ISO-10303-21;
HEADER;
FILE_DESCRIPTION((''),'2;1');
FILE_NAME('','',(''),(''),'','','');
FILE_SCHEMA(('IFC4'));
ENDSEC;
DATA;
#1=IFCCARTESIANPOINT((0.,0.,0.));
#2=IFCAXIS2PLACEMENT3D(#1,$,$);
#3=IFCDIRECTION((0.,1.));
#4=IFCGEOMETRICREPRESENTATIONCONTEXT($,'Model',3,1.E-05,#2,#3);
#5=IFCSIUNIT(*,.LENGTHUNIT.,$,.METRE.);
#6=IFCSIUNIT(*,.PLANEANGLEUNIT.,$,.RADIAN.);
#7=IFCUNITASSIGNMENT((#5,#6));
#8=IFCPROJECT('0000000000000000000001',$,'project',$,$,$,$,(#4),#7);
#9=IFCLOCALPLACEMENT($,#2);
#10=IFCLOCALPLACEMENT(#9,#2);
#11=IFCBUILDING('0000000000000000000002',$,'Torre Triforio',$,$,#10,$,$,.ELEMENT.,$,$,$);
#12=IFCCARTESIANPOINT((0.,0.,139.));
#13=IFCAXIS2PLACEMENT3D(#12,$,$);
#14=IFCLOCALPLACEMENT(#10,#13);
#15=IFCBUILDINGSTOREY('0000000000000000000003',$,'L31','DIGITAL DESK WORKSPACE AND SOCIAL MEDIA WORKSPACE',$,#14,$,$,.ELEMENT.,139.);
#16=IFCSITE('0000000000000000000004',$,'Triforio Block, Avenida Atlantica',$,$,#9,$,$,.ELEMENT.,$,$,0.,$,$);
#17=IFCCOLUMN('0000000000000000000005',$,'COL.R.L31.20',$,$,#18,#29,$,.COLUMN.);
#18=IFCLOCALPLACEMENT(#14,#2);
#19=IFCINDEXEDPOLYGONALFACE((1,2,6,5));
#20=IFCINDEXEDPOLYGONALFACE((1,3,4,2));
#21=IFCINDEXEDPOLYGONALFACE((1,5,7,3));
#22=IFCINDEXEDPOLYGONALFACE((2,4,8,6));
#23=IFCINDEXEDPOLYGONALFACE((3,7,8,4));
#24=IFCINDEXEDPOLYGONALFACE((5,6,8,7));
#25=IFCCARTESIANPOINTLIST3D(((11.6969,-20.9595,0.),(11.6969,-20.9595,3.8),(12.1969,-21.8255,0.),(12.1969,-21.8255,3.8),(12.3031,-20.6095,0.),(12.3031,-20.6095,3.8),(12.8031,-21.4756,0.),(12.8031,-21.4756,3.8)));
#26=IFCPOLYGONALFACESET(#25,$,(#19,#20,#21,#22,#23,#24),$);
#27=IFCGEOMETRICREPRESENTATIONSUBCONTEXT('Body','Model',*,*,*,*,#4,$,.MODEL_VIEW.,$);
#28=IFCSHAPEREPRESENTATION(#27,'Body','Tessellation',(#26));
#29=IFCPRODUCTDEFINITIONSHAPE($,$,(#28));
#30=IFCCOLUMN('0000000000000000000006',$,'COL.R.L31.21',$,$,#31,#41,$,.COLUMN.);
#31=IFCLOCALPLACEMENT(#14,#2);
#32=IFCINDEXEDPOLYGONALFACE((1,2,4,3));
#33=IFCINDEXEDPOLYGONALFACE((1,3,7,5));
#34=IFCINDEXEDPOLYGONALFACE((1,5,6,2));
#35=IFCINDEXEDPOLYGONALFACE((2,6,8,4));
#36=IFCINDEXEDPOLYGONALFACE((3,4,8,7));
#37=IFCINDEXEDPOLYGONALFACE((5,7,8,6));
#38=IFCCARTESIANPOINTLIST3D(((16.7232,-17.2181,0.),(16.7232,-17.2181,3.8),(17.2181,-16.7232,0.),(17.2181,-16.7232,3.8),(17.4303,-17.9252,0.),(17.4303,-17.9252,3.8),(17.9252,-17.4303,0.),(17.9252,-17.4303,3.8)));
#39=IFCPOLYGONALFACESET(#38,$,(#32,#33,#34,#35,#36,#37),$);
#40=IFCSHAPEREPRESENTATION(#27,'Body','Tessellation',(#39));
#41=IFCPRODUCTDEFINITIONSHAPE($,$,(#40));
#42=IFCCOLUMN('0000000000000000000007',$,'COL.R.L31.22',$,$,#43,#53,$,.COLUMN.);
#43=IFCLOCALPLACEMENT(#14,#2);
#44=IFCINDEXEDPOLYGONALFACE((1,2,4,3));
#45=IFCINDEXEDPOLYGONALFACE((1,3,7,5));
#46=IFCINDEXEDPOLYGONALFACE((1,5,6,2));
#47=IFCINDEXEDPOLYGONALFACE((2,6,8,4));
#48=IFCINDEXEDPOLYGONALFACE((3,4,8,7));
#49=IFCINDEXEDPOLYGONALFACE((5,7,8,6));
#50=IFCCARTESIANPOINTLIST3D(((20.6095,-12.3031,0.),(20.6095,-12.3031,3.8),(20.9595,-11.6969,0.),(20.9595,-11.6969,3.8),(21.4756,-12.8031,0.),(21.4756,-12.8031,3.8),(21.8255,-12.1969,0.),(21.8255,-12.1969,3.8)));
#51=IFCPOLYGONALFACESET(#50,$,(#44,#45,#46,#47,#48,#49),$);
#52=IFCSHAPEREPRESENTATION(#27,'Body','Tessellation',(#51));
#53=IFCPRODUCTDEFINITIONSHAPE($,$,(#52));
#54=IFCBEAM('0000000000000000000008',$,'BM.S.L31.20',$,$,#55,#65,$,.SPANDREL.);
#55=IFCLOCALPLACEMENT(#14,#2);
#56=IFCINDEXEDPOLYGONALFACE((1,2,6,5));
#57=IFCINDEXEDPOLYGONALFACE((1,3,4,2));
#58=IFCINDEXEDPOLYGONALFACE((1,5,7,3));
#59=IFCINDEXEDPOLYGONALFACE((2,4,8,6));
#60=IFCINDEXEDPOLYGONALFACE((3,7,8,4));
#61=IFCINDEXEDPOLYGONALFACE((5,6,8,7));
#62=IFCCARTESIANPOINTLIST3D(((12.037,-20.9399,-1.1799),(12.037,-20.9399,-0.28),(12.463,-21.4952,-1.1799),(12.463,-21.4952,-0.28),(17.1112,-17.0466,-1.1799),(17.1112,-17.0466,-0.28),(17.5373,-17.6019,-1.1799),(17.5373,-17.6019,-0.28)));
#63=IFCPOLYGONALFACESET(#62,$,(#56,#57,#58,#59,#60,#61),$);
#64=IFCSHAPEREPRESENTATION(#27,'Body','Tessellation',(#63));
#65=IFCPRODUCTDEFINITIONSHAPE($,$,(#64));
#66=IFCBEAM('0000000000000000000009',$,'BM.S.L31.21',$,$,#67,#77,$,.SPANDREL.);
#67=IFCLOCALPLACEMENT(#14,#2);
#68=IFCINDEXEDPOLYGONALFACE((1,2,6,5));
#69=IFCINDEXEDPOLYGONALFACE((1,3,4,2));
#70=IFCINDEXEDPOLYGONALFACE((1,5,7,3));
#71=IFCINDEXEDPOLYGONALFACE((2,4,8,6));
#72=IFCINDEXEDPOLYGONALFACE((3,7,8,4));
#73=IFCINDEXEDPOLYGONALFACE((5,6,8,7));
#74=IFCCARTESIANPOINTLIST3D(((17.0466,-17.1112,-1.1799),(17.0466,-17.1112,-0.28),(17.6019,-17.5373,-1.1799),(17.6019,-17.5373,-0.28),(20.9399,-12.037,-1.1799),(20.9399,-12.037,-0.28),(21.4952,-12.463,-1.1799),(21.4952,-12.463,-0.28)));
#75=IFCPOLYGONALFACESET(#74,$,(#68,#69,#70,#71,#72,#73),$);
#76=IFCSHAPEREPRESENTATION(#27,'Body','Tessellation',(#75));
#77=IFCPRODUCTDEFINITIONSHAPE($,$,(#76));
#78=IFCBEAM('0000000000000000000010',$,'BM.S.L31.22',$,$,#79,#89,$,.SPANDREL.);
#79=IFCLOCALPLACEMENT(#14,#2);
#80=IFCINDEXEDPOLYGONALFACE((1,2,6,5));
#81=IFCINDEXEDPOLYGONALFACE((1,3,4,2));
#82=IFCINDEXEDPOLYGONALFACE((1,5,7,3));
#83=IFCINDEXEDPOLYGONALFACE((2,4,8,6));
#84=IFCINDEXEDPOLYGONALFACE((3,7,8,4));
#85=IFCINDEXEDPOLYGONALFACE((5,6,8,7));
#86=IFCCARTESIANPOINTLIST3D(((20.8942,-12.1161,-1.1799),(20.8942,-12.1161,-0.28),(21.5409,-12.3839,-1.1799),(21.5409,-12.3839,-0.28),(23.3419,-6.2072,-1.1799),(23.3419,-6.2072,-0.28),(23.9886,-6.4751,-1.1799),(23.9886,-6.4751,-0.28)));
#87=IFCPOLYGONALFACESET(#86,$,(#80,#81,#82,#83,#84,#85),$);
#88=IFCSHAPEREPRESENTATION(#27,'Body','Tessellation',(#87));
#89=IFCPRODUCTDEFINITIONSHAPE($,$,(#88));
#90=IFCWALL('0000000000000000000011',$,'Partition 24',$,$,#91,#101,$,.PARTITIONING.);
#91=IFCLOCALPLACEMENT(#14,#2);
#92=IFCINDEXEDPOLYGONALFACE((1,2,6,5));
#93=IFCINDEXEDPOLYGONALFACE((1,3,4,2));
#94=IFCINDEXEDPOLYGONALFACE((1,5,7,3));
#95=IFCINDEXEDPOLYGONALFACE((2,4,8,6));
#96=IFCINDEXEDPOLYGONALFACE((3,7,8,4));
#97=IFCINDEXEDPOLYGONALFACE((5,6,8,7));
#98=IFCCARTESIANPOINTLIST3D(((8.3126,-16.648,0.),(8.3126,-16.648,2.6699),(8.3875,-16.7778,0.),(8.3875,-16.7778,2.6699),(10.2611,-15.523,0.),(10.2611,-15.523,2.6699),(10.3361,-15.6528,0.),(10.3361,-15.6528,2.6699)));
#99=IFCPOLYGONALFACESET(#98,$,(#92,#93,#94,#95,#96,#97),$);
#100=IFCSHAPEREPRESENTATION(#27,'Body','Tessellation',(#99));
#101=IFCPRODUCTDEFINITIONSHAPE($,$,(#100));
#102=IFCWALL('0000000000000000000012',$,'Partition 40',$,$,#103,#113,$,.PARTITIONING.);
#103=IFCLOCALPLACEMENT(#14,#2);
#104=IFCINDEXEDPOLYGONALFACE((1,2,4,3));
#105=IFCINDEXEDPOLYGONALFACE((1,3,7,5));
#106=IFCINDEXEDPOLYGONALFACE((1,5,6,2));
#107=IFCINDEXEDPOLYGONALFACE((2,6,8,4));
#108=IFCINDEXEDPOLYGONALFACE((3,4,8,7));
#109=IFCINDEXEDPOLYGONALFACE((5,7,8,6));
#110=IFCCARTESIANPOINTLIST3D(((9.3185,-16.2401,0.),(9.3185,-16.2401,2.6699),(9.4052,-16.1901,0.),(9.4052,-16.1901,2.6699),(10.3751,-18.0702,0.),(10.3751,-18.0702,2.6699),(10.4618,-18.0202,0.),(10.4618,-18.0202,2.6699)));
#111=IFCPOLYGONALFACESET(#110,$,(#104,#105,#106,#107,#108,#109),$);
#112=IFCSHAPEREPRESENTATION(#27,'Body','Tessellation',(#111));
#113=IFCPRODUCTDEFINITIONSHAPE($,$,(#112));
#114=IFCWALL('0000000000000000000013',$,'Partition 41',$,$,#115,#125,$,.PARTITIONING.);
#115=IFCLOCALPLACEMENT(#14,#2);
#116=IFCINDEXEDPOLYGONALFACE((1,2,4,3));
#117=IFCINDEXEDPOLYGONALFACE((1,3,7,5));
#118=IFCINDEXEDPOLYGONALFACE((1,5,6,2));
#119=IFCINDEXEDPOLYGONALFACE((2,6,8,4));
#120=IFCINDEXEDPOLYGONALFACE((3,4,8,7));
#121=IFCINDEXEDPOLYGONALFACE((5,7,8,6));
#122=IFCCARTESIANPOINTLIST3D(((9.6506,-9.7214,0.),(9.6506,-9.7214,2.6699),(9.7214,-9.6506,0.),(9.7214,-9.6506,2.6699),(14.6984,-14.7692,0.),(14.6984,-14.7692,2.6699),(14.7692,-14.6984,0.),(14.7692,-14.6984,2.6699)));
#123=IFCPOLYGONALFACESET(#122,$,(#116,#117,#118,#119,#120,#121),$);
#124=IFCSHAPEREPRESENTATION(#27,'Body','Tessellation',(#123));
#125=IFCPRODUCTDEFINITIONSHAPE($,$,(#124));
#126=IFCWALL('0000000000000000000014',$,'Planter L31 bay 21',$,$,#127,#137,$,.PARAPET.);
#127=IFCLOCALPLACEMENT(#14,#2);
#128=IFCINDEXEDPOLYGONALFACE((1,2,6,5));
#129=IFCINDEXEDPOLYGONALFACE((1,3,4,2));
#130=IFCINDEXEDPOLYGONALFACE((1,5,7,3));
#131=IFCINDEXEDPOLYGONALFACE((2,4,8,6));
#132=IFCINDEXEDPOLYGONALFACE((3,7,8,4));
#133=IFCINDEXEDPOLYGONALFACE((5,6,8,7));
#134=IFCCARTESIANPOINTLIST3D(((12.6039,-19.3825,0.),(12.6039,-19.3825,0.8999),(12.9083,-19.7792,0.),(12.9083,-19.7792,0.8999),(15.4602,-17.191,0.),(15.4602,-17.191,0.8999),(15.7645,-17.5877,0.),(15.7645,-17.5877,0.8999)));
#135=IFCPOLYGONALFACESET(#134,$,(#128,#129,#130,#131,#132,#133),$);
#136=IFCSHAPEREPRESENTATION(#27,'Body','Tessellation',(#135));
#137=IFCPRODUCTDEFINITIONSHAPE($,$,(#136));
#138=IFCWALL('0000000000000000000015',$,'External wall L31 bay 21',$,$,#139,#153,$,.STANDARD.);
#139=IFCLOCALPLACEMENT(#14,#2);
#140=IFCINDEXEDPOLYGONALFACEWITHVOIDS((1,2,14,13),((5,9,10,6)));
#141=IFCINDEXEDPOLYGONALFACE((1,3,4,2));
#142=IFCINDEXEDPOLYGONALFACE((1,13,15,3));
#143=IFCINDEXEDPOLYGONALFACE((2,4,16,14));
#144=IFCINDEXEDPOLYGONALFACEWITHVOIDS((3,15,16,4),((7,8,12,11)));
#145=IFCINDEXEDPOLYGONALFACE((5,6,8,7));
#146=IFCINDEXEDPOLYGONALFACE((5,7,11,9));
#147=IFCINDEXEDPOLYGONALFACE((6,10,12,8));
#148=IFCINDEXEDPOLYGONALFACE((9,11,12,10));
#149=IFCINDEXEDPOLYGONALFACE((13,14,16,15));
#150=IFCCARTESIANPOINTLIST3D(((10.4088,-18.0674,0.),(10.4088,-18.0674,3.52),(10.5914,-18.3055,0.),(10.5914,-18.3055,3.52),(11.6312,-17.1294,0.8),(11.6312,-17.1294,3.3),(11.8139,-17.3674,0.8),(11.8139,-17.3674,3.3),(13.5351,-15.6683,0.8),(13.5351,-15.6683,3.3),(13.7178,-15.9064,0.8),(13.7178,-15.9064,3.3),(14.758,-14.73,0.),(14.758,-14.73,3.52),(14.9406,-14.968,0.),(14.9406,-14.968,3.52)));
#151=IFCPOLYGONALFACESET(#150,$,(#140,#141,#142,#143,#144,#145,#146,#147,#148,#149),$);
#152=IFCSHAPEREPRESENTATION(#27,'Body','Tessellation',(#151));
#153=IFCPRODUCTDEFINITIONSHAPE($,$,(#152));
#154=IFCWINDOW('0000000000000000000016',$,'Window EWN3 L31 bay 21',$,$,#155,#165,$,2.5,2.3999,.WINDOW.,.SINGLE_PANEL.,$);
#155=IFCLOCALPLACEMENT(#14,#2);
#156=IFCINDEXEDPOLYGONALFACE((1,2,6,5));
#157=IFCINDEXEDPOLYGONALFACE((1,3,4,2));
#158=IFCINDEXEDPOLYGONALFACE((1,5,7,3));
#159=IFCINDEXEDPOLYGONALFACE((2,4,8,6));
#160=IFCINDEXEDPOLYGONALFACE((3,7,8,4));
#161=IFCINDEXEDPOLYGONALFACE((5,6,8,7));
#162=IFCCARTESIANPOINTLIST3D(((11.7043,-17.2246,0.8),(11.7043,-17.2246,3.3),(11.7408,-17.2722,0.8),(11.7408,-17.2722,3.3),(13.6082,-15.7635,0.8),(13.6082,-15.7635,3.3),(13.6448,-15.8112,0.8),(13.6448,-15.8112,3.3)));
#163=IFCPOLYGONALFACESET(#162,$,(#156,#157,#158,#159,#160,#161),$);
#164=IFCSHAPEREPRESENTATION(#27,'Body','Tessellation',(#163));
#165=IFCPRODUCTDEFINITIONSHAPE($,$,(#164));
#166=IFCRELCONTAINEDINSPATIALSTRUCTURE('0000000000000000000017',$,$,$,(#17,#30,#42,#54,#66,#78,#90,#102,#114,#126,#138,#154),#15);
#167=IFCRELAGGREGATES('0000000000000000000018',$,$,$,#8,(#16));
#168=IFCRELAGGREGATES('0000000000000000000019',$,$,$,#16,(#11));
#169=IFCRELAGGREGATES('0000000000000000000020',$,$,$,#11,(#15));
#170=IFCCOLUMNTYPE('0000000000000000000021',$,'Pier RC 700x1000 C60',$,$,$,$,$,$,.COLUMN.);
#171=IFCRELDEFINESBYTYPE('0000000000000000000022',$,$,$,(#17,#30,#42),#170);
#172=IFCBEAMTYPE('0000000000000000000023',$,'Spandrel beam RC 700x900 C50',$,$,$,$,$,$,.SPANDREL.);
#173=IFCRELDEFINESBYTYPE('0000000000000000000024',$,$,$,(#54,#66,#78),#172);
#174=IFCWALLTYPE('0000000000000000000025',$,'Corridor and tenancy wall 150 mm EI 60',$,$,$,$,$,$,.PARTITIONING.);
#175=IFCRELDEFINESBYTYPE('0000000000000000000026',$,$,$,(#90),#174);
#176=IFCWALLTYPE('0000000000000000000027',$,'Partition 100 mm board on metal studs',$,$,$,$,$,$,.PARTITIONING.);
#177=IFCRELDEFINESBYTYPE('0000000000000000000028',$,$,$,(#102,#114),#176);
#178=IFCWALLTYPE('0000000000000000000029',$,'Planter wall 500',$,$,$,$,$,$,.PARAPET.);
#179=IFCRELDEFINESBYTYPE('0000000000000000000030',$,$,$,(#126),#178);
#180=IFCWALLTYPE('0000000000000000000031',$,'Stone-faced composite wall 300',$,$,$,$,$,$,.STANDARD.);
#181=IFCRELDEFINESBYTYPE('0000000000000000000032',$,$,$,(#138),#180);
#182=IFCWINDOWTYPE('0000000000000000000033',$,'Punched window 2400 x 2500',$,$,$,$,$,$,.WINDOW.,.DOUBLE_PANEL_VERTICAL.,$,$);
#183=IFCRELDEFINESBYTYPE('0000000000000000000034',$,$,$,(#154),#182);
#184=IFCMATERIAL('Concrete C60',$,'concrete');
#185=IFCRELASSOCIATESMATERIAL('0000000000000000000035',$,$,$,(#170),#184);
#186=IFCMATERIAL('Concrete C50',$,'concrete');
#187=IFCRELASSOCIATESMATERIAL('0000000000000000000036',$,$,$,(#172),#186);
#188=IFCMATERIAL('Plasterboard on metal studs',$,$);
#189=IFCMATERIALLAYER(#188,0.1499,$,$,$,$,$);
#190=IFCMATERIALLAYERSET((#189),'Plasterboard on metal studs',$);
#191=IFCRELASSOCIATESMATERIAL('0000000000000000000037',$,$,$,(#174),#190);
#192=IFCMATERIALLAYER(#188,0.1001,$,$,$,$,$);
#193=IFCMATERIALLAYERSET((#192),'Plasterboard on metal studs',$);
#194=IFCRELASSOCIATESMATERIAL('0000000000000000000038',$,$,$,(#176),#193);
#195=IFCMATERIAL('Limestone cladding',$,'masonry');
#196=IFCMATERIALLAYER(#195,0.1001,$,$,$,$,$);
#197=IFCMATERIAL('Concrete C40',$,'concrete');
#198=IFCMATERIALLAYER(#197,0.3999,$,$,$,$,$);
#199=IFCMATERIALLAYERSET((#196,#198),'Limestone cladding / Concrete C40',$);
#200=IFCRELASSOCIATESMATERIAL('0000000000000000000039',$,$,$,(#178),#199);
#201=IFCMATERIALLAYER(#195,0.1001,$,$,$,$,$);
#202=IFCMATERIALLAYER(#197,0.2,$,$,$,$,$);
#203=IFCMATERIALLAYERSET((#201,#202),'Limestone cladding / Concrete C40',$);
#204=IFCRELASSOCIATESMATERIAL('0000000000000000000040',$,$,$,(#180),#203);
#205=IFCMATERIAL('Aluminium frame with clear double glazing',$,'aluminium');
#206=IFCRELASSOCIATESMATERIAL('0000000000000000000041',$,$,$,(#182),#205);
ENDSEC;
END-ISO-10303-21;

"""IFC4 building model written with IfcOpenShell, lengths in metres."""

from ifc_helpers import new_model, si_unit, direction, frame, frame_2d, origin, origin_2d, place, context, subcontext, project, spatial, rectangle, extrude, material, layer, layer_set, material_profile, profile_set, type_object, element, fill, save


model = new_model("IFC4")

# Units and contexts
model_context = context("Model", 3, precision=1e-05, world=origin(), true_north=direction((0.0, 1.0)))
body_context = subcontext(model_context, "Body", "Model", "MODEL_VIEW")
ifc_project = project(units=[si_unit("LENGTHUNIT", "METRE"), si_unit("PLANEANGLEUNIT", "RADIAN")], contexts=[model_context])

# Site, building, storey
site_placement = place(None, origin())
site = spatial("IfcSite", under=ifc_project, at=site_placement, Name="Triforio Block, Avenida Atlantica", CompositionType="ELEMENT", RefElevation=0.0)
building_placement = place(site_placement, origin())
building = spatial("IfcBuilding", under=site, at=building_placement, Name="Torre Triforio", CompositionType="ELEMENT")
storey_placement = place(building_placement, frame((0.0, 0.0, 139.0)))
storey = spatial("IfcBuildingStorey", under=building, at=storey_placement, Name="L31", Description="DIGITAL DESK WORKSPACE AND SOCIAL MEDIA WORKSPACE", CompositionType="ELEMENT", Elevation=139.0)

# Columns
ifc_material_1 = material(Name="Concrete C60", Category="concrete")
ifc_material_profile_1 = material_profile(ifc_material_1, rectangle(XDim=0.7, YDim=1.0, at=origin_2d()), Name="RC 700x1000")
ifc_profile_set_1 = profile_set([ifc_material_profile_1], Name="Concrete C60")
column_type = type_object("IfcColumnType", Name="Pier RC 700x1000 C60", PredefinedType="COLUMN", material=ifc_profile_set_1)
for number, where, z_axis, x_axis, name in (
    (1, (12.25, -21.2175, 0.0), (0.0, 0.0, 1.0), (0.866025, 0.5, 0.0), "COL.R.L31.20"),
    (2, (17.3242, -17.3242, 0.0), (0.0, 0.0, 1.0), (0.707107, 0.707107, 0.0), "COL.R.L31.21"),
    (3, (21.2175, -12.25, 0.0), (0.0, 0.0, 1.0), (0.5, 0.866025, 0.0), "COL.R.L31.22"),
):
    element("IfcColumn", number, at=place(storey_placement, frame(where, z_axis=z_axis, x_axis=x_axis)), inside=storey, type_object=column_type, Name=name, PredefinedType="COLUMN", context=body_context, shape_type="SweptSolid", body=[
        extrude(rectangle(XDim=0.7, YDim=1.0, at=origin_2d()), origin(), (0.0, 0.0, 1.0), 3.8),
    ])

# Beams
ifc_material_2 = material(Name="Concrete C50", Category="concrete")
ifc_material_profile_2 = material_profile(ifc_material_2, rectangle(XDim=0.7, YDim=0.8999, at=origin_2d()), Name="RC 700x900")
ifc_profile_set_2 = profile_set([ifc_material_profile_2], Name="Concrete C50")
beam_type = type_object("IfcBeamType", Name="Spandrel beam RC 700x900 C50", PredefinedType="SPANDREL", material=ifc_profile_set_2)
for number, where, z_axis, x_axis, name in (
    (4, (12.25, -21.2175, -0.73), (0.793374, 0.608734, 0.0), (-0.608734, 0.793374, 0.0), "BM.S.L31.20"),
    (5, (17.3242, -17.3242, -0.73), (0.608734, 0.793374, 0.0), (-0.793374, 0.608734, 0.0), "BM.S.L31.21"),
    (6, (21.2175, -12.25, -0.73), (0.382709, 0.923869, 0.0), (-0.923869, 0.382709, 0.0), "BM.S.L31.22"),
):
    element("IfcBeam", number, at=place(storey_placement, frame(where, z_axis=z_axis, x_axis=x_axis)), inside=storey, type_object=beam_type, Name=name, PredefinedType="SPANDREL", context=body_context, shape_type="SweptSolid", body=[
        extrude(rectangle(XDim=0.7, YDim=0.8999, at=origin_2d()), origin(), (0.0, 0.0, 1.0), 6.3958),
    ])

# Walls
ifc_material_3 = material(Name="Plasterboard on metal studs")
ifc_layer_1 = layer(ifc_material_3, 0.1499)
ifc_layer_set_1 = layer_set([ifc_layer_1], Name="Plasterboard on metal studs")
wall_type_1 = type_object("IfcWallType", Name="Corridor and tenancy wall 150 mm EI 60", PredefinedType="PARTITIONING", material=ifc_layer_set_1)
wall_1_placement = place(storey_placement, frame((10.2986, -15.5879, 0.0), z_axis=(0.0, 0.0, 1.0), x_axis=(-0.866018, -0.500014, 0.0)))
element("IfcWall", 7, at=wall_1_placement, inside=storey, type_object=wall_type_1, Name="Partition 24", PredefinedType="PARTITIONING", context=body_context, shape_type="SweptSolid", body=[
    extrude(rectangle(XDim=2.25, YDim=0.1499, at=frame_2d((1.125, 0.0))), origin(), (0.0, 0.0, 1.0), 2.6699),
])
ifc_layer_2 = layer(ifc_material_3, 0.1001)
ifc_layer_set_2 = layer_set([ifc_layer_2], Name="Plasterboard on metal studs")
wall_type_2 = type_object("IfcWallType", Name="Partition 100 mm board on metal studs", PredefinedType="PARTITIONING", material=ifc_layer_set_2)
wall_2_placement = place(storey_placement, frame((9.3618, -16.2151, 0.0), z_axis=(0.0, 0.0, 1.0), x_axis=(0.500016, -0.866016, 0.0)))
element("IfcWall", 8, at=wall_2_placement, inside=storey, type_object=wall_type_2, Name="Partition 40", PredefinedType="PARTITIONING", context=body_context, shape_type="SweptSolid", body=[
    extrude(rectangle(XDim=2.1133, YDim=0.1001, at=frame_2d((1.0566, 0.0))), origin(), (0.0, 0.0, 1.0), 2.6699),
])
wall_3_placement = place(storey_placement, frame((9.686, -9.686, 0.0), z_axis=(0.0, 0.0, 1.0), x_axis=(0.707107, -0.707107, 0.0)))
element("IfcWall", 9, at=wall_3_placement, inside=storey, type_object=wall_type_2, Name="Partition 41", PredefinedType="PARTITIONING", context=body_context, shape_type="SweptSolid", body=[
    extrude(rectangle(XDim=7.1387, YDim=0.1001, at=frame_2d((3.5693, 0.0))), origin(), (0.0, 0.0, 1.0), 2.6699),
])
ifc_material_4 = material(Name="Limestone cladding", Category="masonry")
ifc_layer_3 = layer(ifc_material_4, 0.1001)
ifc_material_5 = material(Name="Concrete C40", Category="concrete")
ifc_layer_4 = layer(ifc_material_5, 0.3999)
ifc_layer_set_3 = layer_set([ifc_layer_3, ifc_layer_4], Name="Limestone cladding / Concrete C40")
wall_type_3 = type_object("IfcWallType", Name="Planter wall 500", PredefinedType="PARAPET", material=ifc_layer_set_3)
wall_4_placement = place(storey_placement, frame((12.7561, -19.5808, 0.0), z_axis=(0.0, 0.0, 1.0), x_axis=(0.793385, 0.608721, 0.0)))
element("IfcWall", 10, at=wall_4_placement, inside=storey, type_object=wall_type_3, Name="Planter L31 bay 21", PredefinedType="PARAPET", context=body_context, shape_type="SweptSolid", body=[
    extrude(rectangle(XDim=3.6001, YDim=0.5, at=frame_2d((1.8, 0.0))), origin(), (0.0, 0.0, 1.0), 0.8999),
])

# Wall, opening, window
ifc_layer_5 = layer(ifc_material_4, 0.1001)
ifc_layer_6 = layer(ifc_material_5, 0.2)
ifc_layer_set_4 = layer_set([ifc_layer_5, ifc_layer_6], Name="Limestone cladding / Concrete C40")
wall_type_4 = type_object("IfcWallType", Name="Stone-faced composite wall 300", PredefinedType="STANDARD", material=ifc_layer_set_4)
wall_5_placement = place(storey_placement, frame((10.5, -18.1865, 0.0), z_axis=(0.0, 0.0, 1.0), x_axis=(0.793335, 0.608785, 0.0)))
wall_5 = element("IfcWall", 11, at=wall_5_placement, inside=storey, type_object=wall_type_4, Name="External wall L31 bay 21", PredefinedType="STANDARD", context=body_context, shape_type="SweptSolid", body=[
    extrude(rectangle(XDim=5.4822, YDim=0.3, at=frame_2d((2.7412, 0.0))), origin(), (0.0, 0.0, 1.0), 3.52),
])
opening_1_placement = place(wall_5_placement, frame((1.541, 0.0, 0.8)))
opening_1 = element("IfcOpeningElement", 12, at=opening_1_placement, cuts=wall_5, PredefinedType="OPENING", context=body_context, shape_type="SweptSolid", body=[
    extrude(rectangle(XDim=2.3999, YDim=2.5, at=frame_2d((1.2, 1.25))), frame((0.0, 0.1599, 0.0), z_axis=(0.0, -1.0, 0.0), x_axis=(1.0, 0.0, 0.0)), (0.0, 0.0, 1.0), 0.3201),
])
ifc_material_6 = material(Name="Aluminium frame with clear double glazing", Category="aluminium")
window_type_1 = type_object("IfcWindowType", Name="Punched window 2400 x 2500", PartitioningType="DOUBLE_PANEL_VERTICAL", PredefinedType="WINDOW", material=ifc_material_6)
window_1_placement = place(opening_1_placement, origin())
window_1 = element("IfcWindow", 13, at=window_1_placement, inside=storey, type_object=window_type_1, Name="Window EWN3 L31 bay 21", OverallHeight=2.5, OverallWidth=2.3999, PartitioningType="SINGLE_PANEL", PredefinedType="WINDOW", context=body_context, shape_type="SweptSolid", body=[
    extrude(rectangle(XDim=2.3999, YDim=2.5, at=frame_2d((1.2, 1.25))), frame((0.0, 0.03, 0.0), z_axis=(0.0, -1.0, 0.0), x_axis=(1.0, 0.0, 0.0)), (0.0, 0.0, 1.0), 0.0601),
])
fill(opening_1, window_1)

save(model, "model.ifc")
